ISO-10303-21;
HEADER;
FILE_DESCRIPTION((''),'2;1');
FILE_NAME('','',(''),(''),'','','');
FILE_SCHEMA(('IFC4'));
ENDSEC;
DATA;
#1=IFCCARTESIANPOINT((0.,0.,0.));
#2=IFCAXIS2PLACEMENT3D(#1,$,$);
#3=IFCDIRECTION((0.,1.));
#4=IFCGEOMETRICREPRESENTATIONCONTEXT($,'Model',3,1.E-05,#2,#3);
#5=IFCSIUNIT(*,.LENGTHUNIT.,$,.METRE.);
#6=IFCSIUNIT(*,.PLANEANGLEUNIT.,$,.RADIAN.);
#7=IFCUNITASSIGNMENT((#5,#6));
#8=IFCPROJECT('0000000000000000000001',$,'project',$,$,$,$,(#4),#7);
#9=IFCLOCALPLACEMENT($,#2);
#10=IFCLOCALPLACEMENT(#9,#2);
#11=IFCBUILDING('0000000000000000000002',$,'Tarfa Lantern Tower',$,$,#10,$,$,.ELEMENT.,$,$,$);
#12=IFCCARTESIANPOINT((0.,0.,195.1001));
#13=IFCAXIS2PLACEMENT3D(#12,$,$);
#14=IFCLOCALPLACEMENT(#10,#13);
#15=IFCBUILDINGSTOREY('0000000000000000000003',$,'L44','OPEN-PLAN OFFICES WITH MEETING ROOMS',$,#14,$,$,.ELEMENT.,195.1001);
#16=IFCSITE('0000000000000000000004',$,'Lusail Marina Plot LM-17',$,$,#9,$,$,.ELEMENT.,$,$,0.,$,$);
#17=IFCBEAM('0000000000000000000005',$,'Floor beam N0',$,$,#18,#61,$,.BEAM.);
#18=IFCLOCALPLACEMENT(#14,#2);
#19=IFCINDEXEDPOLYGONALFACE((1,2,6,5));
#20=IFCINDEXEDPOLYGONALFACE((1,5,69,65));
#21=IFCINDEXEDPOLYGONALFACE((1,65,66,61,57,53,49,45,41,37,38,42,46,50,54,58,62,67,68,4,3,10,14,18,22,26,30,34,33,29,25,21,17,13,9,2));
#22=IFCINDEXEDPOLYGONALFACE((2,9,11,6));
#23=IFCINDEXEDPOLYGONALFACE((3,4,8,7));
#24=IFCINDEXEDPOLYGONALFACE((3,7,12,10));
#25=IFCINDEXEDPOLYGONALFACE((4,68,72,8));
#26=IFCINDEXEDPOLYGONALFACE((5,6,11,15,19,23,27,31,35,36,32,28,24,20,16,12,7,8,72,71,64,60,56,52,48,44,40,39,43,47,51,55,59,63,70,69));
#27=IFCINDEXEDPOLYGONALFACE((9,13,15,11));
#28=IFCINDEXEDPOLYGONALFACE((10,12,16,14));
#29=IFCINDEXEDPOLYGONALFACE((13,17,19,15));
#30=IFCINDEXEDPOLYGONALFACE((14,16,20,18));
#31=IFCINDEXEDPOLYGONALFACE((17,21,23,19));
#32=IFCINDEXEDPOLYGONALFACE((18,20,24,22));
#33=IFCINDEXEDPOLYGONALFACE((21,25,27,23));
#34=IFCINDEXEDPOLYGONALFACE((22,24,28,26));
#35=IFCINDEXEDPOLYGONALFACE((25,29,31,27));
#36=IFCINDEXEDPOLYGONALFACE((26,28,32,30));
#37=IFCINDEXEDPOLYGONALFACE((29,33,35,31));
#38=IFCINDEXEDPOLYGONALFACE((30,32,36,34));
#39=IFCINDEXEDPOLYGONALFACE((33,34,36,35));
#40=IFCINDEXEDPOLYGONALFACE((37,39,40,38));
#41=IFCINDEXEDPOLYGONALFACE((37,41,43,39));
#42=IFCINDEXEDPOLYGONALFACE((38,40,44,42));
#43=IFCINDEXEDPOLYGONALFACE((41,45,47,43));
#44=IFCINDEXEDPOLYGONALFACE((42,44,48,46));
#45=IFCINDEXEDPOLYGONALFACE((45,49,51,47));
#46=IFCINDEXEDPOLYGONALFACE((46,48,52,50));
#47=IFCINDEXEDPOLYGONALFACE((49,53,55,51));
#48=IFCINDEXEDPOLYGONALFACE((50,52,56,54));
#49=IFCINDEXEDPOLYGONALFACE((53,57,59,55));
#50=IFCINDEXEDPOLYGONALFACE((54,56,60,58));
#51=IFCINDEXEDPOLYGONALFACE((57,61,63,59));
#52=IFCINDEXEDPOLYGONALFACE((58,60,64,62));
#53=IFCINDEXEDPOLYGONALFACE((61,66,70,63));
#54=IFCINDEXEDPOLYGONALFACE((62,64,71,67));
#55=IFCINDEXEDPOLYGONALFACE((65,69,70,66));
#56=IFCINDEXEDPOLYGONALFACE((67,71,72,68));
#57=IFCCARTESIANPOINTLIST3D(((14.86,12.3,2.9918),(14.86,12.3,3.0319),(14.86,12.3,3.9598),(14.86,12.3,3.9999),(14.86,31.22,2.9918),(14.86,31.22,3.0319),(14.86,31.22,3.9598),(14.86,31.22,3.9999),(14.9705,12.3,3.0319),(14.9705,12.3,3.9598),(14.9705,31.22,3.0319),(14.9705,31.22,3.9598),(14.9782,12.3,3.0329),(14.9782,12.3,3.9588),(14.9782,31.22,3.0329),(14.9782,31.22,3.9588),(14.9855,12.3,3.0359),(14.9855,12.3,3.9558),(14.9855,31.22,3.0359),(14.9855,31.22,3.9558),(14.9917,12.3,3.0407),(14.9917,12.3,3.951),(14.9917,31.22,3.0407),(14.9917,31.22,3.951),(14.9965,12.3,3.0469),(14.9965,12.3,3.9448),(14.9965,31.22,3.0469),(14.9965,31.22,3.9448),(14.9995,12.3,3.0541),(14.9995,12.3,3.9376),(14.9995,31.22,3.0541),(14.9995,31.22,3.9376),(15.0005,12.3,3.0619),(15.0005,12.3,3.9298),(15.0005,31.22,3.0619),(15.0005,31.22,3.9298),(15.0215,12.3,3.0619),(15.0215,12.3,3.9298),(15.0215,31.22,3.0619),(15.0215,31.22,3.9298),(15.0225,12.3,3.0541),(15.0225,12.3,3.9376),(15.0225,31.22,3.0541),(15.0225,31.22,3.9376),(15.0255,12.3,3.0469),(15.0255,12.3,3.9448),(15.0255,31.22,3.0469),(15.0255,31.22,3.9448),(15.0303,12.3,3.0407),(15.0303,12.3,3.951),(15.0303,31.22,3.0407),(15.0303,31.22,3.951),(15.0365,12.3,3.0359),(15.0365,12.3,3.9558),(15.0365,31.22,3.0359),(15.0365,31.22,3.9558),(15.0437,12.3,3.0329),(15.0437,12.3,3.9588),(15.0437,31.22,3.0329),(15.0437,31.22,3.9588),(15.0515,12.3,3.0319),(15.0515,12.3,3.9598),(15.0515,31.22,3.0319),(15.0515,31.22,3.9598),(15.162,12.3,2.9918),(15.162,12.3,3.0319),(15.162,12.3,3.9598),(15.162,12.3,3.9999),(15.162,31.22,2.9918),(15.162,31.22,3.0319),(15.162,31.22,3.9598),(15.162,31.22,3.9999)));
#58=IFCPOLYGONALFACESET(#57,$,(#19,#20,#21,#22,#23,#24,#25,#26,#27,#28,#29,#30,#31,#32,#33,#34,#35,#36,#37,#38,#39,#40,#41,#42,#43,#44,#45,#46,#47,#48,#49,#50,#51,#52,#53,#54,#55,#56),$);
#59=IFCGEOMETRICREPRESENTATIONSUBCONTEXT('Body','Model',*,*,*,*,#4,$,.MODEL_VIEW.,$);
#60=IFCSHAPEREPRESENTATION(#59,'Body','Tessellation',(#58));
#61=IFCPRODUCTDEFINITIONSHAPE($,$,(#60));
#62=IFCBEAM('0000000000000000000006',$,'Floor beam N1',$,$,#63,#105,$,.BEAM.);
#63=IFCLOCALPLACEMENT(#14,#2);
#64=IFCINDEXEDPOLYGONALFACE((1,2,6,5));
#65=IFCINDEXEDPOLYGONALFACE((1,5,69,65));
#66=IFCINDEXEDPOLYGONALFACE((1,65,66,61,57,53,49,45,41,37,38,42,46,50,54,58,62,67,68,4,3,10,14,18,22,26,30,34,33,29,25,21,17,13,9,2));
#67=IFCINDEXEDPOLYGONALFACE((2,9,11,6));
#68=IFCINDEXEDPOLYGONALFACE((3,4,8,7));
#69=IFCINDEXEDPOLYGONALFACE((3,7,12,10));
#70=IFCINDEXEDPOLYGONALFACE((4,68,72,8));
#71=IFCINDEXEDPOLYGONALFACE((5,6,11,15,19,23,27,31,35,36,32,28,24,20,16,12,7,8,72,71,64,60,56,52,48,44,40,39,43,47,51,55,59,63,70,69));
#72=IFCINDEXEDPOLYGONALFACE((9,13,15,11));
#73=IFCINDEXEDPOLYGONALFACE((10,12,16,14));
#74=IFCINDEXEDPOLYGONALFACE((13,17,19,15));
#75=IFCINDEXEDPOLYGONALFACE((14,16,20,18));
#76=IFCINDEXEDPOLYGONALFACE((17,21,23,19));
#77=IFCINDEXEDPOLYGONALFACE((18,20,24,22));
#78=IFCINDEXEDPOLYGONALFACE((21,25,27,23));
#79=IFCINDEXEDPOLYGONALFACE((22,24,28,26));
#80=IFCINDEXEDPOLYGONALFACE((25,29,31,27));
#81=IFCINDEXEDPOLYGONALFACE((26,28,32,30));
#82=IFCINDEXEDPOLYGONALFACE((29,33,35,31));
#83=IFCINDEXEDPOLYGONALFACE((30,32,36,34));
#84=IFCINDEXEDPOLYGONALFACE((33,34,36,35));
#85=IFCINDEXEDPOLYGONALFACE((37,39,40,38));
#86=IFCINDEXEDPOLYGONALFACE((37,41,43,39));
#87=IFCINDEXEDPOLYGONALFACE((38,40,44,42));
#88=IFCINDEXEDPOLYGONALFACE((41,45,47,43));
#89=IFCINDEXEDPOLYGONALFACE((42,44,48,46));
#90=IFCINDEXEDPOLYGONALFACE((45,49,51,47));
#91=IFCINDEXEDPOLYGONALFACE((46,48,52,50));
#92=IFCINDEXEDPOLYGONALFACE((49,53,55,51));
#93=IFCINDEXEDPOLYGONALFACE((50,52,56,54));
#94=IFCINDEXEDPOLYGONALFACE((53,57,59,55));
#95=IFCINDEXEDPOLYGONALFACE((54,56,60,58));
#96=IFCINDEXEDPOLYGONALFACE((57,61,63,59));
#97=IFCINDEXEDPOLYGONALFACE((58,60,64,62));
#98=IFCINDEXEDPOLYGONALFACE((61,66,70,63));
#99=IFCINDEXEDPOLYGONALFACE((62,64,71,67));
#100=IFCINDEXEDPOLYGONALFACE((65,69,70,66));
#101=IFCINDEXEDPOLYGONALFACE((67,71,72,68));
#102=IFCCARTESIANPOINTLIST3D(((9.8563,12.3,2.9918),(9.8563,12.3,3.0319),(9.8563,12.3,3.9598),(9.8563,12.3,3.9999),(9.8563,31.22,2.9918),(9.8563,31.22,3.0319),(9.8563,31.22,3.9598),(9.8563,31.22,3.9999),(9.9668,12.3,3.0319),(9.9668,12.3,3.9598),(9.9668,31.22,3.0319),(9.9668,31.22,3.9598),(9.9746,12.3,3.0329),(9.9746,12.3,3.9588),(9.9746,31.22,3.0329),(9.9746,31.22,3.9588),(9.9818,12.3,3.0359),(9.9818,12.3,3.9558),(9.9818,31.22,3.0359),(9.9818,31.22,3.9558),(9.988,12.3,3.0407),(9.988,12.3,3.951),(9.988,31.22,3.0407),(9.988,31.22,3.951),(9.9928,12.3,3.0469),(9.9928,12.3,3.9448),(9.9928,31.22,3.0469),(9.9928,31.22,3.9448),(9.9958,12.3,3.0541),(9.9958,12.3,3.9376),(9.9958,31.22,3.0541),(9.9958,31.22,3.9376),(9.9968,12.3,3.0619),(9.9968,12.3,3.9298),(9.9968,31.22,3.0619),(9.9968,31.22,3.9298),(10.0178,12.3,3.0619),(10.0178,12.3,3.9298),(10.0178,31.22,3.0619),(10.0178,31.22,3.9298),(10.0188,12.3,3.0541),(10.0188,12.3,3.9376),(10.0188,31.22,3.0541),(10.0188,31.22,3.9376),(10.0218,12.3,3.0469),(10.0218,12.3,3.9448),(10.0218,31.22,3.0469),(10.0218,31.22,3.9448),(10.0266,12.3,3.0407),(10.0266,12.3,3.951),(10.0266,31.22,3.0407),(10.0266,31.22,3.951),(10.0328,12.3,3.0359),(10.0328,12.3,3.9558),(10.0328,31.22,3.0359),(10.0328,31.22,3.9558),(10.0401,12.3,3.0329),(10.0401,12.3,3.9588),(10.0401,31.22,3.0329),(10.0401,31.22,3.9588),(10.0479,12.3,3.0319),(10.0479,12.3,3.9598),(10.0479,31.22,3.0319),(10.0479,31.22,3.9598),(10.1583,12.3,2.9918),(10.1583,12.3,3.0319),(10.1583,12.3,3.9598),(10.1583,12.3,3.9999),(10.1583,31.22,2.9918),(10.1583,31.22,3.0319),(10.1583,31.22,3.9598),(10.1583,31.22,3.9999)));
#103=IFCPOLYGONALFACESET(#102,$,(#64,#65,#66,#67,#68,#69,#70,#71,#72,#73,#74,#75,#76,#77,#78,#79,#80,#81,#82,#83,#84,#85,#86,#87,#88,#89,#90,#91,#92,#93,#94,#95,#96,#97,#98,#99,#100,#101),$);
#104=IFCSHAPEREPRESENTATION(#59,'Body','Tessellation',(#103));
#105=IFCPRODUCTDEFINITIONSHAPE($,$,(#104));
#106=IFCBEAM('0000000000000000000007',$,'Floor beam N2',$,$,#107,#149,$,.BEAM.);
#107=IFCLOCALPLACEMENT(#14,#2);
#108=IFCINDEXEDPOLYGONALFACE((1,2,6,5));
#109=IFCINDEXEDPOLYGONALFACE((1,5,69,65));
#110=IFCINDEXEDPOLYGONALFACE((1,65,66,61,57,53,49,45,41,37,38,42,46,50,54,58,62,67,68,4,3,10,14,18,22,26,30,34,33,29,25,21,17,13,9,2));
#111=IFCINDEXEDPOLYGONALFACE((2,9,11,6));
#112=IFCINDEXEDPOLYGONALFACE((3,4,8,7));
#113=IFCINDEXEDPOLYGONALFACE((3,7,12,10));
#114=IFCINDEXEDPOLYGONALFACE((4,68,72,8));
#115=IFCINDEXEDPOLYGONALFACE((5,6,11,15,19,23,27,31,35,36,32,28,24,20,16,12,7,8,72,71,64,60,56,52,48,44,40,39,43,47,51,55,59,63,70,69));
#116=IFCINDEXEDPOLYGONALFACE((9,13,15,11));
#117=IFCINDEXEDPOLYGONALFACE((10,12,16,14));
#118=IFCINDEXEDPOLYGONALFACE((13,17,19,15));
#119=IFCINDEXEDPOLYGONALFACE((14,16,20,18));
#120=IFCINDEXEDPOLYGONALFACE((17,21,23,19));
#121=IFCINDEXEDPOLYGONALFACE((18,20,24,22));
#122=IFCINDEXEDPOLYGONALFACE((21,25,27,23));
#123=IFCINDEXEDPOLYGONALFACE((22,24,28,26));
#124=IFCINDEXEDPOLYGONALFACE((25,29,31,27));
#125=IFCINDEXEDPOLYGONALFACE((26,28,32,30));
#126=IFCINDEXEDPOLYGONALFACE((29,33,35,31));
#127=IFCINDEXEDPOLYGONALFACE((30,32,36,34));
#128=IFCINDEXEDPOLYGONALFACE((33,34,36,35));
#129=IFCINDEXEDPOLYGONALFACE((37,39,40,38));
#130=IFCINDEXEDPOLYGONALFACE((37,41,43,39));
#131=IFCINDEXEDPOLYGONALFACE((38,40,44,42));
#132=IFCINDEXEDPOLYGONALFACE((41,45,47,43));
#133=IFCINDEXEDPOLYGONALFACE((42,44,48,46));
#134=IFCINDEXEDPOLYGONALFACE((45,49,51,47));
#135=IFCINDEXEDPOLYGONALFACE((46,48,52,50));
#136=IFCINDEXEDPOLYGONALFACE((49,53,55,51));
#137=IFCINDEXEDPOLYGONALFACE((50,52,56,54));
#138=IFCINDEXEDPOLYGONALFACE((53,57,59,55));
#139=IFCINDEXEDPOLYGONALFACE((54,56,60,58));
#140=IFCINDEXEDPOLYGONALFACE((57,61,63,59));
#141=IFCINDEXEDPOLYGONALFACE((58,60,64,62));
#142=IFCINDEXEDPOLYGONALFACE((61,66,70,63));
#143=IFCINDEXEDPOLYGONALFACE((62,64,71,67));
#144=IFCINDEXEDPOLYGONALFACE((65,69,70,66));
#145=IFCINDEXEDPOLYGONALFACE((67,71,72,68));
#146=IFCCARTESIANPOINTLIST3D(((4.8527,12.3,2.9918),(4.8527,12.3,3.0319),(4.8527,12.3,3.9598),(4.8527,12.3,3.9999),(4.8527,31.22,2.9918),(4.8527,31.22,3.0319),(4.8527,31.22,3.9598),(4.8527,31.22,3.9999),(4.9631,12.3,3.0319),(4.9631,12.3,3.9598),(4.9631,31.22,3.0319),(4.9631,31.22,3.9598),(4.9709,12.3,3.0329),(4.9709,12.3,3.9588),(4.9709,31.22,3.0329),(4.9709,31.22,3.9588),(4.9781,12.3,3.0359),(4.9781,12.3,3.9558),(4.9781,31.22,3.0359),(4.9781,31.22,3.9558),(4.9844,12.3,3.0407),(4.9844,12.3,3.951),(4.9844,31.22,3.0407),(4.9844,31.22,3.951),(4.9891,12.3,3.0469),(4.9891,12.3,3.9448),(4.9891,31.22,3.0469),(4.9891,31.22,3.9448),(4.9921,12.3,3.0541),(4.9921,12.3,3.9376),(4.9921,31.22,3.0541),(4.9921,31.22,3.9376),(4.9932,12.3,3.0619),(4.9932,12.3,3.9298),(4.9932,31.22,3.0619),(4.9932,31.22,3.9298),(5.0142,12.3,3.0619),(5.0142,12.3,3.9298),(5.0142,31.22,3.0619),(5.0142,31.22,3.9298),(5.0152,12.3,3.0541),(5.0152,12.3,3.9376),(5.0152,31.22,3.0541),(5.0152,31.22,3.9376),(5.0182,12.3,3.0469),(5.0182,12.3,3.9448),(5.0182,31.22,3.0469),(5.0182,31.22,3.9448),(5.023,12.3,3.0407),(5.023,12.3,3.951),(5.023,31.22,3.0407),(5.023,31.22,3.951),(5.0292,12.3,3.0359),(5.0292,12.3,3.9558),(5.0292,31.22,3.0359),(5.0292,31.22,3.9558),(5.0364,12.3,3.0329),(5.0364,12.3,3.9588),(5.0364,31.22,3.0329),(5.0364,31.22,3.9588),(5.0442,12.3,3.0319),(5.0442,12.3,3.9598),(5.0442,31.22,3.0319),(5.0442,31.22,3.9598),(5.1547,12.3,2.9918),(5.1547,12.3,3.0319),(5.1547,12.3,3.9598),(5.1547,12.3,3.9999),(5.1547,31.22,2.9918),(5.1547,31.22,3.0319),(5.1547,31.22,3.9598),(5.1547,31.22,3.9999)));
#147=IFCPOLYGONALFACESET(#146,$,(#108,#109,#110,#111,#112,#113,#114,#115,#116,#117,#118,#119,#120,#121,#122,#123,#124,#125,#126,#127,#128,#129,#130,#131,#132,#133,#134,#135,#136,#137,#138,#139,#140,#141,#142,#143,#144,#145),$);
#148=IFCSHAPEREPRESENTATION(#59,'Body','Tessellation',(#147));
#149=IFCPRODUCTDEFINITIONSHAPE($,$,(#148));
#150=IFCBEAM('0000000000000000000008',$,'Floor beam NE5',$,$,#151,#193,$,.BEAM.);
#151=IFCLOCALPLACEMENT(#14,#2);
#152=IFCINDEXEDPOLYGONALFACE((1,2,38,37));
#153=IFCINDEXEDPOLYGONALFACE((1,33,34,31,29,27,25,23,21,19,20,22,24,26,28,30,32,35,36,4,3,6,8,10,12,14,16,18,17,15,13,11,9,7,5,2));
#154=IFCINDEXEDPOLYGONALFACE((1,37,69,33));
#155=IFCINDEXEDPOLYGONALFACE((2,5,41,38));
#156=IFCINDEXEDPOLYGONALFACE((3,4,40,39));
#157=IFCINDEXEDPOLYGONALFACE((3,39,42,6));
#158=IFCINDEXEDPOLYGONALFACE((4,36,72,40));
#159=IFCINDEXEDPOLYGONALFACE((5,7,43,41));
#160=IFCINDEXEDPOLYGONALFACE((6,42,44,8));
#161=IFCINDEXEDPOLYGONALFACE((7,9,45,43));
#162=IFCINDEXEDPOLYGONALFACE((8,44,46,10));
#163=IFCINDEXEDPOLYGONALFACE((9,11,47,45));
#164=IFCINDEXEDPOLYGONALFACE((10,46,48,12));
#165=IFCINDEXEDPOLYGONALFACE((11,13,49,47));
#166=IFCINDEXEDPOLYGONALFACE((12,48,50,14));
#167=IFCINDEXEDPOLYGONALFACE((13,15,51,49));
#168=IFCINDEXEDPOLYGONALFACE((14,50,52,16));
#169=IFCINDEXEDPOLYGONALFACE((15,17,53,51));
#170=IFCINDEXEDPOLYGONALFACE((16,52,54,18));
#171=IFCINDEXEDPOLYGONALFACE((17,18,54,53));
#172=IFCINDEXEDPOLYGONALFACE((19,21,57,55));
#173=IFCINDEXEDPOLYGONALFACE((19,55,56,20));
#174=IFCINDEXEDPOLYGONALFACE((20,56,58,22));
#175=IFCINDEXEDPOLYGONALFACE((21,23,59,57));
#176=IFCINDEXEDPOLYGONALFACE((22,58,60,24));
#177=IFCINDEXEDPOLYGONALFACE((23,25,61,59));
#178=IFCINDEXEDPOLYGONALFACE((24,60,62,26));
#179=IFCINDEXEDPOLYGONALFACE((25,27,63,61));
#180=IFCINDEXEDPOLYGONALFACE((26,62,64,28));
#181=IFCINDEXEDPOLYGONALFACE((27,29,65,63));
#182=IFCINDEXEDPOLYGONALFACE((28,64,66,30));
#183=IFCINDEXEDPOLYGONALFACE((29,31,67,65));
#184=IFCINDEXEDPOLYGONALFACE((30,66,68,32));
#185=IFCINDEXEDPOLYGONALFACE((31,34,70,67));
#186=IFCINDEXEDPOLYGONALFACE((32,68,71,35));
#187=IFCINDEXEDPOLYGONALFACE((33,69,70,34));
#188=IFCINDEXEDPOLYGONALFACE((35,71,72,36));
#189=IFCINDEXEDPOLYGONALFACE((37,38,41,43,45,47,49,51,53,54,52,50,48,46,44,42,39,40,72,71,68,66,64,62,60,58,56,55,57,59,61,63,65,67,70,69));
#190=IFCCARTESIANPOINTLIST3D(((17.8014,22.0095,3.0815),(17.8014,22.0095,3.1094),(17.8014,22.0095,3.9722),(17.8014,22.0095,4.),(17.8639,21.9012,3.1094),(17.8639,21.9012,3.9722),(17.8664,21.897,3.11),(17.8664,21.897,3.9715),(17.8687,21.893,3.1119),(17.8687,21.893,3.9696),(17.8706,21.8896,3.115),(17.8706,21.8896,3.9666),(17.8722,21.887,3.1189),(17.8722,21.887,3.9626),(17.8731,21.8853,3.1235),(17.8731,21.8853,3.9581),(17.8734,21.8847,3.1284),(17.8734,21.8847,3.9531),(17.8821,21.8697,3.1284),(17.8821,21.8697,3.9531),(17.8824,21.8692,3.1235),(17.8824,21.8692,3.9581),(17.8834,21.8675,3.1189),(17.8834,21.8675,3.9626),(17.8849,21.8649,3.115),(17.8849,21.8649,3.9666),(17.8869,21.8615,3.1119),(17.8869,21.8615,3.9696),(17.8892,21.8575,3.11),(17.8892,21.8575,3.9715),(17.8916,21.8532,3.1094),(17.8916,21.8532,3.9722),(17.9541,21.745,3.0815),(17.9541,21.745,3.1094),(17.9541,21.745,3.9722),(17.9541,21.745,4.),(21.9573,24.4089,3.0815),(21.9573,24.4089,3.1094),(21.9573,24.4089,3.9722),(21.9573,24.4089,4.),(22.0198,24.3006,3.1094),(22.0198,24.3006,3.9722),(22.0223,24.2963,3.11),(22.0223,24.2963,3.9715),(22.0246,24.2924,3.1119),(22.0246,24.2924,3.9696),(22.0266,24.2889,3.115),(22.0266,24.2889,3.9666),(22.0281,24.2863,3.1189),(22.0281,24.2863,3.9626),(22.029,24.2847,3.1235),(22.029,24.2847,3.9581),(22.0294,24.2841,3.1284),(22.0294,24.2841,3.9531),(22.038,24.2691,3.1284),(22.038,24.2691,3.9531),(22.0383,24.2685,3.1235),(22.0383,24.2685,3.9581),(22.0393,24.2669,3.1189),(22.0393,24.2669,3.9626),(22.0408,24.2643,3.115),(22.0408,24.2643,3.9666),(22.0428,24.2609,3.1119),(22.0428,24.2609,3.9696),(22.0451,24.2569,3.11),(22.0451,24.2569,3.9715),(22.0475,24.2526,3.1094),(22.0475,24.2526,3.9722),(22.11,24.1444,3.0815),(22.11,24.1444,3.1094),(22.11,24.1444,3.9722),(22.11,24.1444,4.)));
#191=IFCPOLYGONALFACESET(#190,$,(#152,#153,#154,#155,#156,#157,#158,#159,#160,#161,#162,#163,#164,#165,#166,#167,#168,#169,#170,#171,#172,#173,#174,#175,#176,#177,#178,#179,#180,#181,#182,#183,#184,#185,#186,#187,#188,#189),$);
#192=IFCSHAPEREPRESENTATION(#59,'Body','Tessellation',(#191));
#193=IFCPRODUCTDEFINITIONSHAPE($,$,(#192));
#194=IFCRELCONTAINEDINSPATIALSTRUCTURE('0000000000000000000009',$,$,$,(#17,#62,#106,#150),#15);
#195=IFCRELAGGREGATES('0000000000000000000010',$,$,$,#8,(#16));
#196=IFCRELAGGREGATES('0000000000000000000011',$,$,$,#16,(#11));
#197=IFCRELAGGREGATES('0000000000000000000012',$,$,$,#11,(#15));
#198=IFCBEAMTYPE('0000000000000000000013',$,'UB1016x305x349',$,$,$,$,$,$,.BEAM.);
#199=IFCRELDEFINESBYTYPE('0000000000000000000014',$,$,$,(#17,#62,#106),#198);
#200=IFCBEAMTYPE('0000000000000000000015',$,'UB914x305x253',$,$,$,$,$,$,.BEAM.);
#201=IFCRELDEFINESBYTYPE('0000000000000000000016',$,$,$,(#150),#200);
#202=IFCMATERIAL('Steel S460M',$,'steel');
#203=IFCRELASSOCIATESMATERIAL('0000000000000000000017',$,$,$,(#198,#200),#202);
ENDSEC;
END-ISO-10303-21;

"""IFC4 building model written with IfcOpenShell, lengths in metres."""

from ifc_helpers import new_model, si_unit, direction, frame, origin, origin_2d, place, context, subcontext, project, spatial, i_section, extrude, material, material_profile, profile_set, type_object, element, save


model = new_model("IFC4")

# Units and contexts
model_context = context("Model", 3, precision=1e-05, world=origin(), true_north=direction((0.0, 1.0)))
body_context = subcontext(model_context, "Body", "Model", "MODEL_VIEW")
ifc_project = project(units=[si_unit("LENGTHUNIT", "METRE"), si_unit("PLANEANGLEUNIT", "RADIAN")], contexts=[model_context])

# Site, building, storey
site_placement = place(None, origin())
site = spatial("IfcSite", under=ifc_project, at=site_placement, Name="Lusail Marina Plot LM-17", CompositionType="ELEMENT", RefElevation=0.0)
building_placement = place(site_placement, origin())
building = spatial("IfcBuilding", under=site, at=building_placement, Name="Tarfa Lantern Tower", CompositionType="ELEMENT")
storey_placement = place(building_placement, frame((0.0, 0.0, 195.1001)))
storey = spatial("IfcBuildingStorey", under=building, at=storey_placement, Name="L44", Description="OPEN-PLAN OFFICES WITH MEETING ROOMS", CompositionType="ELEMENT", Elevation=195.1001)

# Beams
ifc_material_1 = material(Name="Steel S460M", Category="steel")
ifc_material_profile_1 = material_profile(ifc_material_1, i_section(OverallWidth=0.302, OverallDepth=1.0081, WebThickness=0.021, FlangeThickness=0.04, FilletRadius=0.03, at=origin_2d()), Name="UB1016x305x349")
ifc_profile_set_1 = profile_set([ifc_material_profile_1], Name="Steel S460M")
beam_type_1 = type_object("IfcBeamType", Name="UB1016x305x349", PredefinedType="BEAM", material=ifc_profile_set_1)
for number, where, z_axis, x_axis, name in (
    (1, (15.011, 31.22, 3.4958), (0.0, -1.0, 0.0), (1.0, 0.0, 0.0), "Floor beam N0"),
    (2, (10.0073, 31.22, 3.4958), (0.0, -1.0, 0.0), (1.0, 0.0, 0.0), "Floor beam N1"),
    (3, (5.0037, 31.22, 3.4958), (0.0, -1.0, 0.0), (1.0, 0.0, 0.0), "Floor beam N2"),
):
    element("IfcBeam", number, at=place(storey_placement, frame(where, z_axis=z_axis, x_axis=x_axis)), inside=storey, type_object=beam_type_1, Name=name, PredefinedType="BEAM", context=body_context, shape_type="SweptSolid", body=[
        extrude(i_section(OverallWidth=0.302, OverallDepth=1.0081, WebThickness=0.021, FlangeThickness=0.04, FilletRadius=0.03, at=origin_2d()), origin(), (0.0, 0.0, 1.0), 18.9199),
    ])
ifc_material_profile_2 = material_profile(ifc_material_1, i_section(OverallWidth=0.3054, OverallDepth=0.9185, WebThickness=0.0173, FlangeThickness=0.0278, FilletRadius=0.019, at=origin_2d()), Name="UB914x305x253")
ifc_profile_set_2 = profile_set([ifc_material_profile_2], Name="Steel S460M")
beam_type_2 = type_object("IfcBeamType", Name="UB914x305x253", PredefinedType="BEAM", material=ifc_profile_set_2)
beam_1_placement = place(storey_placement, frame((22.0337, 24.2766, 3.5408), z_axis=(-0.866031, -0.499991, 0.0), x_axis=(0.499991, -0.866031, 0.0)))
element("IfcBeam", 4, at=beam_1_placement, inside=storey, type_object=beam_type_2, Name="Floor beam NE5", PredefinedType="BEAM", context=body_context, shape_type="SweptSolid", body=[
    extrude(i_section(OverallWidth=0.3054, OverallDepth=0.9185, WebThickness=0.0173, FlangeThickness=0.0278, FilletRadius=0.019, at=origin_2d()), origin(), (0.0, 0.0, 1.0), 4.7988),
])

save(model, "model.ifc")
